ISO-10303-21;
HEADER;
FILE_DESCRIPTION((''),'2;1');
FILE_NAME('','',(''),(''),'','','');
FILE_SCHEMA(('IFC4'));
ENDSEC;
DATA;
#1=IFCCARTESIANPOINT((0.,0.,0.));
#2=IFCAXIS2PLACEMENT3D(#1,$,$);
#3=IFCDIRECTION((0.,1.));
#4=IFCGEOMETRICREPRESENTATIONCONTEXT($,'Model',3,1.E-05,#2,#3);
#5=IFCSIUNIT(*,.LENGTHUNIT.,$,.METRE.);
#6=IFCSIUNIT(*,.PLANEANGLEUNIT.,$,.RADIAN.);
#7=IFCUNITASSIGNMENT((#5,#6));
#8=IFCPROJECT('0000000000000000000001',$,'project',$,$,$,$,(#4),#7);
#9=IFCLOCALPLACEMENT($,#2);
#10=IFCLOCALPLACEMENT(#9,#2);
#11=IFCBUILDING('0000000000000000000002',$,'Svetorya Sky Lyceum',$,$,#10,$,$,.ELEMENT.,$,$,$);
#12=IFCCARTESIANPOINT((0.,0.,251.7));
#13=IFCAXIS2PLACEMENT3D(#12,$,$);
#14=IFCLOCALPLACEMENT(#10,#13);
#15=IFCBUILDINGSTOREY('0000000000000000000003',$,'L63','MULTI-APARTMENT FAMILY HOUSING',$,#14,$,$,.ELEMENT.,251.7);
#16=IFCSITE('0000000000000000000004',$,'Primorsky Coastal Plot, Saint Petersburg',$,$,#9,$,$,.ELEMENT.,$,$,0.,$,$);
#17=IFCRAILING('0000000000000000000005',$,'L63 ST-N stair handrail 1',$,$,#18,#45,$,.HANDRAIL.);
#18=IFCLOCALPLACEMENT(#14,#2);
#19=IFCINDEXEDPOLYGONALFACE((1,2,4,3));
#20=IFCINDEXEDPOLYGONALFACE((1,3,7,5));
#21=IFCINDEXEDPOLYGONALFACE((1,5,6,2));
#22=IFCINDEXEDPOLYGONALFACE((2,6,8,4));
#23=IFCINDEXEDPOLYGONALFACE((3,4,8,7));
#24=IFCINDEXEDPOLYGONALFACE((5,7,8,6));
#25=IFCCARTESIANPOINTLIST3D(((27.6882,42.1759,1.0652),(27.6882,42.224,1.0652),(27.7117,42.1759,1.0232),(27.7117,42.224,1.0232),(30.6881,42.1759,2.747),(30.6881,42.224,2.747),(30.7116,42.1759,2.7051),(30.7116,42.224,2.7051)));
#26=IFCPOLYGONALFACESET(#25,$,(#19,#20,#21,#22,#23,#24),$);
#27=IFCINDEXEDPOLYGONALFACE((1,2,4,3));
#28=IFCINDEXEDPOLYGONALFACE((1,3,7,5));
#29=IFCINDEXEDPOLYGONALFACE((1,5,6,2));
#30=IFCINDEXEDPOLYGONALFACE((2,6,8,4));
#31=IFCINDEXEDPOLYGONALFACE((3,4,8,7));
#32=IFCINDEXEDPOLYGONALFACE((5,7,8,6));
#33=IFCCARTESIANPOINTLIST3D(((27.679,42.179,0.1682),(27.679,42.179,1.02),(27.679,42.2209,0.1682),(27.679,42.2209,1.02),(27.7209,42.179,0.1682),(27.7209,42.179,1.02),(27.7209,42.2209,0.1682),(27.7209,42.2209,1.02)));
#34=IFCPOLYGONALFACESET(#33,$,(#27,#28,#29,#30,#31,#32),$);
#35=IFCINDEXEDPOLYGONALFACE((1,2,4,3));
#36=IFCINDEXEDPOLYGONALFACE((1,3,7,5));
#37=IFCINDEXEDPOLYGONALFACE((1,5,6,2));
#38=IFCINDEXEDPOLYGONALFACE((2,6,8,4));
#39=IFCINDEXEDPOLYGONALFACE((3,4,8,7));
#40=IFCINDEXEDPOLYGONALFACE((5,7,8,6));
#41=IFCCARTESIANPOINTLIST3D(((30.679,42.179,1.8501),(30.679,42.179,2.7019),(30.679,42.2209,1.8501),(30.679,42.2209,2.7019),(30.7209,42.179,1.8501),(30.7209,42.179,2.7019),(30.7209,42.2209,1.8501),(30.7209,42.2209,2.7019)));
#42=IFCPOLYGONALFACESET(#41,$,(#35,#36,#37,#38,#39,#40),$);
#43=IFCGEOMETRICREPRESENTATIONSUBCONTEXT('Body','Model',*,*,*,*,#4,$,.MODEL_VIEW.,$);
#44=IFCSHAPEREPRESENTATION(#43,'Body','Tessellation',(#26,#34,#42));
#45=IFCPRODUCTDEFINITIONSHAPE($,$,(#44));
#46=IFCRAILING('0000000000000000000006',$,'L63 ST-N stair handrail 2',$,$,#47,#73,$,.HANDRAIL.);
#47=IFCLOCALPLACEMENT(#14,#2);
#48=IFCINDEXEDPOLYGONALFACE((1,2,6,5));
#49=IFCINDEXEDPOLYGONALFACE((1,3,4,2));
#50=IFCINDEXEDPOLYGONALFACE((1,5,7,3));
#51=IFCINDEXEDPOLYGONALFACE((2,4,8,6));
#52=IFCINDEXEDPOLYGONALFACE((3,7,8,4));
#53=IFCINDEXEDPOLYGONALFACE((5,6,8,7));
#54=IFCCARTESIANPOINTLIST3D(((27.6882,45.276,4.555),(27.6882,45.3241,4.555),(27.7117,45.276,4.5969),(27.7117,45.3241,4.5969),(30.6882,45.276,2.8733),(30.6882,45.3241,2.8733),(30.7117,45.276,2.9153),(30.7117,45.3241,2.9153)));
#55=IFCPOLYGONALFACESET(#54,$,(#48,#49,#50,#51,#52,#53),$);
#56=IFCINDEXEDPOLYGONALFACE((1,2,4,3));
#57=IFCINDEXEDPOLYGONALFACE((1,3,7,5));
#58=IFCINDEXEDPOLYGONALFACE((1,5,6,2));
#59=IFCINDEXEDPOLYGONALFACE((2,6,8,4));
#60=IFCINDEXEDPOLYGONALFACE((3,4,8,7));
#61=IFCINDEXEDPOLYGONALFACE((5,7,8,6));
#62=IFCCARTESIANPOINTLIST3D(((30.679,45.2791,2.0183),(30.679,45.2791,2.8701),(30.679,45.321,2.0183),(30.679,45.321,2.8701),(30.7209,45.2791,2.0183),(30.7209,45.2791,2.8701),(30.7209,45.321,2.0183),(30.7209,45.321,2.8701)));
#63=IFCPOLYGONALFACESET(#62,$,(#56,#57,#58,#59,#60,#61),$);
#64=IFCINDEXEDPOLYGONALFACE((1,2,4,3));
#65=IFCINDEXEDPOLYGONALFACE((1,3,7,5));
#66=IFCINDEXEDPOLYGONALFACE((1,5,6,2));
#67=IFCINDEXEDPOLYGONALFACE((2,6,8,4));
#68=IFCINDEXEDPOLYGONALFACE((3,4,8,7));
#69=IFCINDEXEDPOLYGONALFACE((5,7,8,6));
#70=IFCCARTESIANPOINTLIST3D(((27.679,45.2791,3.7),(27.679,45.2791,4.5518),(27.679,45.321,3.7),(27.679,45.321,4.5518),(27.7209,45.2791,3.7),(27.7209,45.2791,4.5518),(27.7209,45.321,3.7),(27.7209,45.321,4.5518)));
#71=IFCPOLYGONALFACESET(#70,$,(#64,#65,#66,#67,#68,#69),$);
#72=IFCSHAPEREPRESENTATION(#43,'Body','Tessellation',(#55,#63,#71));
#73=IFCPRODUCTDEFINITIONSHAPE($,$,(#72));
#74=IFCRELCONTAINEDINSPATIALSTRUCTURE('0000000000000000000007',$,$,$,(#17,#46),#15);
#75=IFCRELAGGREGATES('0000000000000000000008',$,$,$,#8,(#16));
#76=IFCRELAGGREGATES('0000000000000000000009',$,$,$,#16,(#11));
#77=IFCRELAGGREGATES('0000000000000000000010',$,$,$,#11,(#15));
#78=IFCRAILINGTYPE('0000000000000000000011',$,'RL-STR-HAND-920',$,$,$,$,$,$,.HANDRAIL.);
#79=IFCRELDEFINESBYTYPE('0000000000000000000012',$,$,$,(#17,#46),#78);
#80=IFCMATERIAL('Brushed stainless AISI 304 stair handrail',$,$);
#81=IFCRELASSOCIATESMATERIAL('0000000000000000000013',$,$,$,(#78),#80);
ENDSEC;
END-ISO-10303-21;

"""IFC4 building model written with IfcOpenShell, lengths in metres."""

from ifc_helpers import new_model, si_unit, direction, frame, origin, origin_2d, place, context, subcontext, project, spatial, rectangle, extrude, material, type_object, element, save


model = new_model("IFC4")

# Units and contexts
model_context = context("Model", 3, precision=1e-05, world=origin(), true_north=direction((0.0, 1.0)))
body_context = subcontext(model_context, "Body", "Model", "MODEL_VIEW")
ifc_project = project(units=[si_unit("LENGTHUNIT", "METRE"), si_unit("PLANEANGLEUNIT", "RADIAN")], contexts=[model_context])

# Site, building, storey
site_placement = place(None, origin())
site = spatial("IfcSite", under=ifc_project, at=site_placement, Name="Primorsky Coastal Plot, Saint Petersburg", CompositionType="ELEMENT", RefElevation=0.0)
building_placement = place(site_placement, origin())
building = spatial("IfcBuilding", under=site, at=building_placement, Name="Svetorya Sky Lyceum", CompositionType="ELEMENT")
storey_placement = place(building_placement, frame((0.0, 0.0, 251.7)))
storey = spatial("IfcBuildingStorey", under=building, at=storey_placement, Name="L63", Description="MULTI-APARTMENT FAMILY HOUSING", CompositionType="ELEMENT", Elevation=251.7)

# Railings
ifc_material_1 = material(Name="Brushed stainless AISI 304 stair handrail")
railing_type_1 = type_object("IfcRailingType", Name="RL-STR-HAND-920", PredefinedType="HANDRAIL", material=ifc_material_1)
railing_1_placement = place(storey_placement, frame((27.7, 42.2, 0.1682)))
element("IfcRailing", 1, at=railing_1_placement, inside=storey, type_object=railing_type_1, Name="L63 ST-N stair handrail 1", PredefinedType="HANDRAIL", context=body_context, shape_type="SweptSolid", body=[
    extrude(rectangle(XDim=0.0481, YDim=0.0481, at=origin_2d()), frame((0.0, 0.0, 0.876), z_axis=(0.872272, 0.0, 0.48902), x_axis=(0.0, 1.0, 0.0)), (0.0, 0.0, 1.0), 3.4392),
    extrude(rectangle(XDim=0.042, YDim=0.042, at=origin_2d()), origin(), (0.0, 0.0, 1.0), 0.8518),
    extrude(rectangle(XDim=0.042, YDim=0.042, at=origin_2d()), frame((3.0, 0.0, 1.6819)), (0.0, 0.0, 1.0), 0.8518),
])
railing_2_placement = place(storey_placement, frame((30.7, 45.3, 2.0183)))
element("IfcRailing", 2, at=railing_2_placement, inside=storey, type_object=railing_type_1, Name="L63 ST-N stair handrail 2", PredefinedType="HANDRAIL", context=body_context, shape_type="SweptSolid", body=[
    extrude(rectangle(XDim=0.0481, YDim=0.0481, at=origin_2d()), frame((0.0, 0.0, 0.876), z_axis=(-0.872303, 0.0, 0.488966), x_axis=(0.0, -1.0, 0.0)), (0.0, 0.0, 1.0), 3.4392),
    extrude(rectangle(XDim=0.042, YDim=0.042, at=origin_2d()), origin(), (0.0, 0.0, 1.0), 0.8518),
    extrude(rectangle(XDim=0.042, YDim=0.042, at=origin_2d()), frame((-3.0, 0.0, 1.6816)), (0.0, 0.0, 1.0), 0.8518),
])

save(model, "model.ifc")
